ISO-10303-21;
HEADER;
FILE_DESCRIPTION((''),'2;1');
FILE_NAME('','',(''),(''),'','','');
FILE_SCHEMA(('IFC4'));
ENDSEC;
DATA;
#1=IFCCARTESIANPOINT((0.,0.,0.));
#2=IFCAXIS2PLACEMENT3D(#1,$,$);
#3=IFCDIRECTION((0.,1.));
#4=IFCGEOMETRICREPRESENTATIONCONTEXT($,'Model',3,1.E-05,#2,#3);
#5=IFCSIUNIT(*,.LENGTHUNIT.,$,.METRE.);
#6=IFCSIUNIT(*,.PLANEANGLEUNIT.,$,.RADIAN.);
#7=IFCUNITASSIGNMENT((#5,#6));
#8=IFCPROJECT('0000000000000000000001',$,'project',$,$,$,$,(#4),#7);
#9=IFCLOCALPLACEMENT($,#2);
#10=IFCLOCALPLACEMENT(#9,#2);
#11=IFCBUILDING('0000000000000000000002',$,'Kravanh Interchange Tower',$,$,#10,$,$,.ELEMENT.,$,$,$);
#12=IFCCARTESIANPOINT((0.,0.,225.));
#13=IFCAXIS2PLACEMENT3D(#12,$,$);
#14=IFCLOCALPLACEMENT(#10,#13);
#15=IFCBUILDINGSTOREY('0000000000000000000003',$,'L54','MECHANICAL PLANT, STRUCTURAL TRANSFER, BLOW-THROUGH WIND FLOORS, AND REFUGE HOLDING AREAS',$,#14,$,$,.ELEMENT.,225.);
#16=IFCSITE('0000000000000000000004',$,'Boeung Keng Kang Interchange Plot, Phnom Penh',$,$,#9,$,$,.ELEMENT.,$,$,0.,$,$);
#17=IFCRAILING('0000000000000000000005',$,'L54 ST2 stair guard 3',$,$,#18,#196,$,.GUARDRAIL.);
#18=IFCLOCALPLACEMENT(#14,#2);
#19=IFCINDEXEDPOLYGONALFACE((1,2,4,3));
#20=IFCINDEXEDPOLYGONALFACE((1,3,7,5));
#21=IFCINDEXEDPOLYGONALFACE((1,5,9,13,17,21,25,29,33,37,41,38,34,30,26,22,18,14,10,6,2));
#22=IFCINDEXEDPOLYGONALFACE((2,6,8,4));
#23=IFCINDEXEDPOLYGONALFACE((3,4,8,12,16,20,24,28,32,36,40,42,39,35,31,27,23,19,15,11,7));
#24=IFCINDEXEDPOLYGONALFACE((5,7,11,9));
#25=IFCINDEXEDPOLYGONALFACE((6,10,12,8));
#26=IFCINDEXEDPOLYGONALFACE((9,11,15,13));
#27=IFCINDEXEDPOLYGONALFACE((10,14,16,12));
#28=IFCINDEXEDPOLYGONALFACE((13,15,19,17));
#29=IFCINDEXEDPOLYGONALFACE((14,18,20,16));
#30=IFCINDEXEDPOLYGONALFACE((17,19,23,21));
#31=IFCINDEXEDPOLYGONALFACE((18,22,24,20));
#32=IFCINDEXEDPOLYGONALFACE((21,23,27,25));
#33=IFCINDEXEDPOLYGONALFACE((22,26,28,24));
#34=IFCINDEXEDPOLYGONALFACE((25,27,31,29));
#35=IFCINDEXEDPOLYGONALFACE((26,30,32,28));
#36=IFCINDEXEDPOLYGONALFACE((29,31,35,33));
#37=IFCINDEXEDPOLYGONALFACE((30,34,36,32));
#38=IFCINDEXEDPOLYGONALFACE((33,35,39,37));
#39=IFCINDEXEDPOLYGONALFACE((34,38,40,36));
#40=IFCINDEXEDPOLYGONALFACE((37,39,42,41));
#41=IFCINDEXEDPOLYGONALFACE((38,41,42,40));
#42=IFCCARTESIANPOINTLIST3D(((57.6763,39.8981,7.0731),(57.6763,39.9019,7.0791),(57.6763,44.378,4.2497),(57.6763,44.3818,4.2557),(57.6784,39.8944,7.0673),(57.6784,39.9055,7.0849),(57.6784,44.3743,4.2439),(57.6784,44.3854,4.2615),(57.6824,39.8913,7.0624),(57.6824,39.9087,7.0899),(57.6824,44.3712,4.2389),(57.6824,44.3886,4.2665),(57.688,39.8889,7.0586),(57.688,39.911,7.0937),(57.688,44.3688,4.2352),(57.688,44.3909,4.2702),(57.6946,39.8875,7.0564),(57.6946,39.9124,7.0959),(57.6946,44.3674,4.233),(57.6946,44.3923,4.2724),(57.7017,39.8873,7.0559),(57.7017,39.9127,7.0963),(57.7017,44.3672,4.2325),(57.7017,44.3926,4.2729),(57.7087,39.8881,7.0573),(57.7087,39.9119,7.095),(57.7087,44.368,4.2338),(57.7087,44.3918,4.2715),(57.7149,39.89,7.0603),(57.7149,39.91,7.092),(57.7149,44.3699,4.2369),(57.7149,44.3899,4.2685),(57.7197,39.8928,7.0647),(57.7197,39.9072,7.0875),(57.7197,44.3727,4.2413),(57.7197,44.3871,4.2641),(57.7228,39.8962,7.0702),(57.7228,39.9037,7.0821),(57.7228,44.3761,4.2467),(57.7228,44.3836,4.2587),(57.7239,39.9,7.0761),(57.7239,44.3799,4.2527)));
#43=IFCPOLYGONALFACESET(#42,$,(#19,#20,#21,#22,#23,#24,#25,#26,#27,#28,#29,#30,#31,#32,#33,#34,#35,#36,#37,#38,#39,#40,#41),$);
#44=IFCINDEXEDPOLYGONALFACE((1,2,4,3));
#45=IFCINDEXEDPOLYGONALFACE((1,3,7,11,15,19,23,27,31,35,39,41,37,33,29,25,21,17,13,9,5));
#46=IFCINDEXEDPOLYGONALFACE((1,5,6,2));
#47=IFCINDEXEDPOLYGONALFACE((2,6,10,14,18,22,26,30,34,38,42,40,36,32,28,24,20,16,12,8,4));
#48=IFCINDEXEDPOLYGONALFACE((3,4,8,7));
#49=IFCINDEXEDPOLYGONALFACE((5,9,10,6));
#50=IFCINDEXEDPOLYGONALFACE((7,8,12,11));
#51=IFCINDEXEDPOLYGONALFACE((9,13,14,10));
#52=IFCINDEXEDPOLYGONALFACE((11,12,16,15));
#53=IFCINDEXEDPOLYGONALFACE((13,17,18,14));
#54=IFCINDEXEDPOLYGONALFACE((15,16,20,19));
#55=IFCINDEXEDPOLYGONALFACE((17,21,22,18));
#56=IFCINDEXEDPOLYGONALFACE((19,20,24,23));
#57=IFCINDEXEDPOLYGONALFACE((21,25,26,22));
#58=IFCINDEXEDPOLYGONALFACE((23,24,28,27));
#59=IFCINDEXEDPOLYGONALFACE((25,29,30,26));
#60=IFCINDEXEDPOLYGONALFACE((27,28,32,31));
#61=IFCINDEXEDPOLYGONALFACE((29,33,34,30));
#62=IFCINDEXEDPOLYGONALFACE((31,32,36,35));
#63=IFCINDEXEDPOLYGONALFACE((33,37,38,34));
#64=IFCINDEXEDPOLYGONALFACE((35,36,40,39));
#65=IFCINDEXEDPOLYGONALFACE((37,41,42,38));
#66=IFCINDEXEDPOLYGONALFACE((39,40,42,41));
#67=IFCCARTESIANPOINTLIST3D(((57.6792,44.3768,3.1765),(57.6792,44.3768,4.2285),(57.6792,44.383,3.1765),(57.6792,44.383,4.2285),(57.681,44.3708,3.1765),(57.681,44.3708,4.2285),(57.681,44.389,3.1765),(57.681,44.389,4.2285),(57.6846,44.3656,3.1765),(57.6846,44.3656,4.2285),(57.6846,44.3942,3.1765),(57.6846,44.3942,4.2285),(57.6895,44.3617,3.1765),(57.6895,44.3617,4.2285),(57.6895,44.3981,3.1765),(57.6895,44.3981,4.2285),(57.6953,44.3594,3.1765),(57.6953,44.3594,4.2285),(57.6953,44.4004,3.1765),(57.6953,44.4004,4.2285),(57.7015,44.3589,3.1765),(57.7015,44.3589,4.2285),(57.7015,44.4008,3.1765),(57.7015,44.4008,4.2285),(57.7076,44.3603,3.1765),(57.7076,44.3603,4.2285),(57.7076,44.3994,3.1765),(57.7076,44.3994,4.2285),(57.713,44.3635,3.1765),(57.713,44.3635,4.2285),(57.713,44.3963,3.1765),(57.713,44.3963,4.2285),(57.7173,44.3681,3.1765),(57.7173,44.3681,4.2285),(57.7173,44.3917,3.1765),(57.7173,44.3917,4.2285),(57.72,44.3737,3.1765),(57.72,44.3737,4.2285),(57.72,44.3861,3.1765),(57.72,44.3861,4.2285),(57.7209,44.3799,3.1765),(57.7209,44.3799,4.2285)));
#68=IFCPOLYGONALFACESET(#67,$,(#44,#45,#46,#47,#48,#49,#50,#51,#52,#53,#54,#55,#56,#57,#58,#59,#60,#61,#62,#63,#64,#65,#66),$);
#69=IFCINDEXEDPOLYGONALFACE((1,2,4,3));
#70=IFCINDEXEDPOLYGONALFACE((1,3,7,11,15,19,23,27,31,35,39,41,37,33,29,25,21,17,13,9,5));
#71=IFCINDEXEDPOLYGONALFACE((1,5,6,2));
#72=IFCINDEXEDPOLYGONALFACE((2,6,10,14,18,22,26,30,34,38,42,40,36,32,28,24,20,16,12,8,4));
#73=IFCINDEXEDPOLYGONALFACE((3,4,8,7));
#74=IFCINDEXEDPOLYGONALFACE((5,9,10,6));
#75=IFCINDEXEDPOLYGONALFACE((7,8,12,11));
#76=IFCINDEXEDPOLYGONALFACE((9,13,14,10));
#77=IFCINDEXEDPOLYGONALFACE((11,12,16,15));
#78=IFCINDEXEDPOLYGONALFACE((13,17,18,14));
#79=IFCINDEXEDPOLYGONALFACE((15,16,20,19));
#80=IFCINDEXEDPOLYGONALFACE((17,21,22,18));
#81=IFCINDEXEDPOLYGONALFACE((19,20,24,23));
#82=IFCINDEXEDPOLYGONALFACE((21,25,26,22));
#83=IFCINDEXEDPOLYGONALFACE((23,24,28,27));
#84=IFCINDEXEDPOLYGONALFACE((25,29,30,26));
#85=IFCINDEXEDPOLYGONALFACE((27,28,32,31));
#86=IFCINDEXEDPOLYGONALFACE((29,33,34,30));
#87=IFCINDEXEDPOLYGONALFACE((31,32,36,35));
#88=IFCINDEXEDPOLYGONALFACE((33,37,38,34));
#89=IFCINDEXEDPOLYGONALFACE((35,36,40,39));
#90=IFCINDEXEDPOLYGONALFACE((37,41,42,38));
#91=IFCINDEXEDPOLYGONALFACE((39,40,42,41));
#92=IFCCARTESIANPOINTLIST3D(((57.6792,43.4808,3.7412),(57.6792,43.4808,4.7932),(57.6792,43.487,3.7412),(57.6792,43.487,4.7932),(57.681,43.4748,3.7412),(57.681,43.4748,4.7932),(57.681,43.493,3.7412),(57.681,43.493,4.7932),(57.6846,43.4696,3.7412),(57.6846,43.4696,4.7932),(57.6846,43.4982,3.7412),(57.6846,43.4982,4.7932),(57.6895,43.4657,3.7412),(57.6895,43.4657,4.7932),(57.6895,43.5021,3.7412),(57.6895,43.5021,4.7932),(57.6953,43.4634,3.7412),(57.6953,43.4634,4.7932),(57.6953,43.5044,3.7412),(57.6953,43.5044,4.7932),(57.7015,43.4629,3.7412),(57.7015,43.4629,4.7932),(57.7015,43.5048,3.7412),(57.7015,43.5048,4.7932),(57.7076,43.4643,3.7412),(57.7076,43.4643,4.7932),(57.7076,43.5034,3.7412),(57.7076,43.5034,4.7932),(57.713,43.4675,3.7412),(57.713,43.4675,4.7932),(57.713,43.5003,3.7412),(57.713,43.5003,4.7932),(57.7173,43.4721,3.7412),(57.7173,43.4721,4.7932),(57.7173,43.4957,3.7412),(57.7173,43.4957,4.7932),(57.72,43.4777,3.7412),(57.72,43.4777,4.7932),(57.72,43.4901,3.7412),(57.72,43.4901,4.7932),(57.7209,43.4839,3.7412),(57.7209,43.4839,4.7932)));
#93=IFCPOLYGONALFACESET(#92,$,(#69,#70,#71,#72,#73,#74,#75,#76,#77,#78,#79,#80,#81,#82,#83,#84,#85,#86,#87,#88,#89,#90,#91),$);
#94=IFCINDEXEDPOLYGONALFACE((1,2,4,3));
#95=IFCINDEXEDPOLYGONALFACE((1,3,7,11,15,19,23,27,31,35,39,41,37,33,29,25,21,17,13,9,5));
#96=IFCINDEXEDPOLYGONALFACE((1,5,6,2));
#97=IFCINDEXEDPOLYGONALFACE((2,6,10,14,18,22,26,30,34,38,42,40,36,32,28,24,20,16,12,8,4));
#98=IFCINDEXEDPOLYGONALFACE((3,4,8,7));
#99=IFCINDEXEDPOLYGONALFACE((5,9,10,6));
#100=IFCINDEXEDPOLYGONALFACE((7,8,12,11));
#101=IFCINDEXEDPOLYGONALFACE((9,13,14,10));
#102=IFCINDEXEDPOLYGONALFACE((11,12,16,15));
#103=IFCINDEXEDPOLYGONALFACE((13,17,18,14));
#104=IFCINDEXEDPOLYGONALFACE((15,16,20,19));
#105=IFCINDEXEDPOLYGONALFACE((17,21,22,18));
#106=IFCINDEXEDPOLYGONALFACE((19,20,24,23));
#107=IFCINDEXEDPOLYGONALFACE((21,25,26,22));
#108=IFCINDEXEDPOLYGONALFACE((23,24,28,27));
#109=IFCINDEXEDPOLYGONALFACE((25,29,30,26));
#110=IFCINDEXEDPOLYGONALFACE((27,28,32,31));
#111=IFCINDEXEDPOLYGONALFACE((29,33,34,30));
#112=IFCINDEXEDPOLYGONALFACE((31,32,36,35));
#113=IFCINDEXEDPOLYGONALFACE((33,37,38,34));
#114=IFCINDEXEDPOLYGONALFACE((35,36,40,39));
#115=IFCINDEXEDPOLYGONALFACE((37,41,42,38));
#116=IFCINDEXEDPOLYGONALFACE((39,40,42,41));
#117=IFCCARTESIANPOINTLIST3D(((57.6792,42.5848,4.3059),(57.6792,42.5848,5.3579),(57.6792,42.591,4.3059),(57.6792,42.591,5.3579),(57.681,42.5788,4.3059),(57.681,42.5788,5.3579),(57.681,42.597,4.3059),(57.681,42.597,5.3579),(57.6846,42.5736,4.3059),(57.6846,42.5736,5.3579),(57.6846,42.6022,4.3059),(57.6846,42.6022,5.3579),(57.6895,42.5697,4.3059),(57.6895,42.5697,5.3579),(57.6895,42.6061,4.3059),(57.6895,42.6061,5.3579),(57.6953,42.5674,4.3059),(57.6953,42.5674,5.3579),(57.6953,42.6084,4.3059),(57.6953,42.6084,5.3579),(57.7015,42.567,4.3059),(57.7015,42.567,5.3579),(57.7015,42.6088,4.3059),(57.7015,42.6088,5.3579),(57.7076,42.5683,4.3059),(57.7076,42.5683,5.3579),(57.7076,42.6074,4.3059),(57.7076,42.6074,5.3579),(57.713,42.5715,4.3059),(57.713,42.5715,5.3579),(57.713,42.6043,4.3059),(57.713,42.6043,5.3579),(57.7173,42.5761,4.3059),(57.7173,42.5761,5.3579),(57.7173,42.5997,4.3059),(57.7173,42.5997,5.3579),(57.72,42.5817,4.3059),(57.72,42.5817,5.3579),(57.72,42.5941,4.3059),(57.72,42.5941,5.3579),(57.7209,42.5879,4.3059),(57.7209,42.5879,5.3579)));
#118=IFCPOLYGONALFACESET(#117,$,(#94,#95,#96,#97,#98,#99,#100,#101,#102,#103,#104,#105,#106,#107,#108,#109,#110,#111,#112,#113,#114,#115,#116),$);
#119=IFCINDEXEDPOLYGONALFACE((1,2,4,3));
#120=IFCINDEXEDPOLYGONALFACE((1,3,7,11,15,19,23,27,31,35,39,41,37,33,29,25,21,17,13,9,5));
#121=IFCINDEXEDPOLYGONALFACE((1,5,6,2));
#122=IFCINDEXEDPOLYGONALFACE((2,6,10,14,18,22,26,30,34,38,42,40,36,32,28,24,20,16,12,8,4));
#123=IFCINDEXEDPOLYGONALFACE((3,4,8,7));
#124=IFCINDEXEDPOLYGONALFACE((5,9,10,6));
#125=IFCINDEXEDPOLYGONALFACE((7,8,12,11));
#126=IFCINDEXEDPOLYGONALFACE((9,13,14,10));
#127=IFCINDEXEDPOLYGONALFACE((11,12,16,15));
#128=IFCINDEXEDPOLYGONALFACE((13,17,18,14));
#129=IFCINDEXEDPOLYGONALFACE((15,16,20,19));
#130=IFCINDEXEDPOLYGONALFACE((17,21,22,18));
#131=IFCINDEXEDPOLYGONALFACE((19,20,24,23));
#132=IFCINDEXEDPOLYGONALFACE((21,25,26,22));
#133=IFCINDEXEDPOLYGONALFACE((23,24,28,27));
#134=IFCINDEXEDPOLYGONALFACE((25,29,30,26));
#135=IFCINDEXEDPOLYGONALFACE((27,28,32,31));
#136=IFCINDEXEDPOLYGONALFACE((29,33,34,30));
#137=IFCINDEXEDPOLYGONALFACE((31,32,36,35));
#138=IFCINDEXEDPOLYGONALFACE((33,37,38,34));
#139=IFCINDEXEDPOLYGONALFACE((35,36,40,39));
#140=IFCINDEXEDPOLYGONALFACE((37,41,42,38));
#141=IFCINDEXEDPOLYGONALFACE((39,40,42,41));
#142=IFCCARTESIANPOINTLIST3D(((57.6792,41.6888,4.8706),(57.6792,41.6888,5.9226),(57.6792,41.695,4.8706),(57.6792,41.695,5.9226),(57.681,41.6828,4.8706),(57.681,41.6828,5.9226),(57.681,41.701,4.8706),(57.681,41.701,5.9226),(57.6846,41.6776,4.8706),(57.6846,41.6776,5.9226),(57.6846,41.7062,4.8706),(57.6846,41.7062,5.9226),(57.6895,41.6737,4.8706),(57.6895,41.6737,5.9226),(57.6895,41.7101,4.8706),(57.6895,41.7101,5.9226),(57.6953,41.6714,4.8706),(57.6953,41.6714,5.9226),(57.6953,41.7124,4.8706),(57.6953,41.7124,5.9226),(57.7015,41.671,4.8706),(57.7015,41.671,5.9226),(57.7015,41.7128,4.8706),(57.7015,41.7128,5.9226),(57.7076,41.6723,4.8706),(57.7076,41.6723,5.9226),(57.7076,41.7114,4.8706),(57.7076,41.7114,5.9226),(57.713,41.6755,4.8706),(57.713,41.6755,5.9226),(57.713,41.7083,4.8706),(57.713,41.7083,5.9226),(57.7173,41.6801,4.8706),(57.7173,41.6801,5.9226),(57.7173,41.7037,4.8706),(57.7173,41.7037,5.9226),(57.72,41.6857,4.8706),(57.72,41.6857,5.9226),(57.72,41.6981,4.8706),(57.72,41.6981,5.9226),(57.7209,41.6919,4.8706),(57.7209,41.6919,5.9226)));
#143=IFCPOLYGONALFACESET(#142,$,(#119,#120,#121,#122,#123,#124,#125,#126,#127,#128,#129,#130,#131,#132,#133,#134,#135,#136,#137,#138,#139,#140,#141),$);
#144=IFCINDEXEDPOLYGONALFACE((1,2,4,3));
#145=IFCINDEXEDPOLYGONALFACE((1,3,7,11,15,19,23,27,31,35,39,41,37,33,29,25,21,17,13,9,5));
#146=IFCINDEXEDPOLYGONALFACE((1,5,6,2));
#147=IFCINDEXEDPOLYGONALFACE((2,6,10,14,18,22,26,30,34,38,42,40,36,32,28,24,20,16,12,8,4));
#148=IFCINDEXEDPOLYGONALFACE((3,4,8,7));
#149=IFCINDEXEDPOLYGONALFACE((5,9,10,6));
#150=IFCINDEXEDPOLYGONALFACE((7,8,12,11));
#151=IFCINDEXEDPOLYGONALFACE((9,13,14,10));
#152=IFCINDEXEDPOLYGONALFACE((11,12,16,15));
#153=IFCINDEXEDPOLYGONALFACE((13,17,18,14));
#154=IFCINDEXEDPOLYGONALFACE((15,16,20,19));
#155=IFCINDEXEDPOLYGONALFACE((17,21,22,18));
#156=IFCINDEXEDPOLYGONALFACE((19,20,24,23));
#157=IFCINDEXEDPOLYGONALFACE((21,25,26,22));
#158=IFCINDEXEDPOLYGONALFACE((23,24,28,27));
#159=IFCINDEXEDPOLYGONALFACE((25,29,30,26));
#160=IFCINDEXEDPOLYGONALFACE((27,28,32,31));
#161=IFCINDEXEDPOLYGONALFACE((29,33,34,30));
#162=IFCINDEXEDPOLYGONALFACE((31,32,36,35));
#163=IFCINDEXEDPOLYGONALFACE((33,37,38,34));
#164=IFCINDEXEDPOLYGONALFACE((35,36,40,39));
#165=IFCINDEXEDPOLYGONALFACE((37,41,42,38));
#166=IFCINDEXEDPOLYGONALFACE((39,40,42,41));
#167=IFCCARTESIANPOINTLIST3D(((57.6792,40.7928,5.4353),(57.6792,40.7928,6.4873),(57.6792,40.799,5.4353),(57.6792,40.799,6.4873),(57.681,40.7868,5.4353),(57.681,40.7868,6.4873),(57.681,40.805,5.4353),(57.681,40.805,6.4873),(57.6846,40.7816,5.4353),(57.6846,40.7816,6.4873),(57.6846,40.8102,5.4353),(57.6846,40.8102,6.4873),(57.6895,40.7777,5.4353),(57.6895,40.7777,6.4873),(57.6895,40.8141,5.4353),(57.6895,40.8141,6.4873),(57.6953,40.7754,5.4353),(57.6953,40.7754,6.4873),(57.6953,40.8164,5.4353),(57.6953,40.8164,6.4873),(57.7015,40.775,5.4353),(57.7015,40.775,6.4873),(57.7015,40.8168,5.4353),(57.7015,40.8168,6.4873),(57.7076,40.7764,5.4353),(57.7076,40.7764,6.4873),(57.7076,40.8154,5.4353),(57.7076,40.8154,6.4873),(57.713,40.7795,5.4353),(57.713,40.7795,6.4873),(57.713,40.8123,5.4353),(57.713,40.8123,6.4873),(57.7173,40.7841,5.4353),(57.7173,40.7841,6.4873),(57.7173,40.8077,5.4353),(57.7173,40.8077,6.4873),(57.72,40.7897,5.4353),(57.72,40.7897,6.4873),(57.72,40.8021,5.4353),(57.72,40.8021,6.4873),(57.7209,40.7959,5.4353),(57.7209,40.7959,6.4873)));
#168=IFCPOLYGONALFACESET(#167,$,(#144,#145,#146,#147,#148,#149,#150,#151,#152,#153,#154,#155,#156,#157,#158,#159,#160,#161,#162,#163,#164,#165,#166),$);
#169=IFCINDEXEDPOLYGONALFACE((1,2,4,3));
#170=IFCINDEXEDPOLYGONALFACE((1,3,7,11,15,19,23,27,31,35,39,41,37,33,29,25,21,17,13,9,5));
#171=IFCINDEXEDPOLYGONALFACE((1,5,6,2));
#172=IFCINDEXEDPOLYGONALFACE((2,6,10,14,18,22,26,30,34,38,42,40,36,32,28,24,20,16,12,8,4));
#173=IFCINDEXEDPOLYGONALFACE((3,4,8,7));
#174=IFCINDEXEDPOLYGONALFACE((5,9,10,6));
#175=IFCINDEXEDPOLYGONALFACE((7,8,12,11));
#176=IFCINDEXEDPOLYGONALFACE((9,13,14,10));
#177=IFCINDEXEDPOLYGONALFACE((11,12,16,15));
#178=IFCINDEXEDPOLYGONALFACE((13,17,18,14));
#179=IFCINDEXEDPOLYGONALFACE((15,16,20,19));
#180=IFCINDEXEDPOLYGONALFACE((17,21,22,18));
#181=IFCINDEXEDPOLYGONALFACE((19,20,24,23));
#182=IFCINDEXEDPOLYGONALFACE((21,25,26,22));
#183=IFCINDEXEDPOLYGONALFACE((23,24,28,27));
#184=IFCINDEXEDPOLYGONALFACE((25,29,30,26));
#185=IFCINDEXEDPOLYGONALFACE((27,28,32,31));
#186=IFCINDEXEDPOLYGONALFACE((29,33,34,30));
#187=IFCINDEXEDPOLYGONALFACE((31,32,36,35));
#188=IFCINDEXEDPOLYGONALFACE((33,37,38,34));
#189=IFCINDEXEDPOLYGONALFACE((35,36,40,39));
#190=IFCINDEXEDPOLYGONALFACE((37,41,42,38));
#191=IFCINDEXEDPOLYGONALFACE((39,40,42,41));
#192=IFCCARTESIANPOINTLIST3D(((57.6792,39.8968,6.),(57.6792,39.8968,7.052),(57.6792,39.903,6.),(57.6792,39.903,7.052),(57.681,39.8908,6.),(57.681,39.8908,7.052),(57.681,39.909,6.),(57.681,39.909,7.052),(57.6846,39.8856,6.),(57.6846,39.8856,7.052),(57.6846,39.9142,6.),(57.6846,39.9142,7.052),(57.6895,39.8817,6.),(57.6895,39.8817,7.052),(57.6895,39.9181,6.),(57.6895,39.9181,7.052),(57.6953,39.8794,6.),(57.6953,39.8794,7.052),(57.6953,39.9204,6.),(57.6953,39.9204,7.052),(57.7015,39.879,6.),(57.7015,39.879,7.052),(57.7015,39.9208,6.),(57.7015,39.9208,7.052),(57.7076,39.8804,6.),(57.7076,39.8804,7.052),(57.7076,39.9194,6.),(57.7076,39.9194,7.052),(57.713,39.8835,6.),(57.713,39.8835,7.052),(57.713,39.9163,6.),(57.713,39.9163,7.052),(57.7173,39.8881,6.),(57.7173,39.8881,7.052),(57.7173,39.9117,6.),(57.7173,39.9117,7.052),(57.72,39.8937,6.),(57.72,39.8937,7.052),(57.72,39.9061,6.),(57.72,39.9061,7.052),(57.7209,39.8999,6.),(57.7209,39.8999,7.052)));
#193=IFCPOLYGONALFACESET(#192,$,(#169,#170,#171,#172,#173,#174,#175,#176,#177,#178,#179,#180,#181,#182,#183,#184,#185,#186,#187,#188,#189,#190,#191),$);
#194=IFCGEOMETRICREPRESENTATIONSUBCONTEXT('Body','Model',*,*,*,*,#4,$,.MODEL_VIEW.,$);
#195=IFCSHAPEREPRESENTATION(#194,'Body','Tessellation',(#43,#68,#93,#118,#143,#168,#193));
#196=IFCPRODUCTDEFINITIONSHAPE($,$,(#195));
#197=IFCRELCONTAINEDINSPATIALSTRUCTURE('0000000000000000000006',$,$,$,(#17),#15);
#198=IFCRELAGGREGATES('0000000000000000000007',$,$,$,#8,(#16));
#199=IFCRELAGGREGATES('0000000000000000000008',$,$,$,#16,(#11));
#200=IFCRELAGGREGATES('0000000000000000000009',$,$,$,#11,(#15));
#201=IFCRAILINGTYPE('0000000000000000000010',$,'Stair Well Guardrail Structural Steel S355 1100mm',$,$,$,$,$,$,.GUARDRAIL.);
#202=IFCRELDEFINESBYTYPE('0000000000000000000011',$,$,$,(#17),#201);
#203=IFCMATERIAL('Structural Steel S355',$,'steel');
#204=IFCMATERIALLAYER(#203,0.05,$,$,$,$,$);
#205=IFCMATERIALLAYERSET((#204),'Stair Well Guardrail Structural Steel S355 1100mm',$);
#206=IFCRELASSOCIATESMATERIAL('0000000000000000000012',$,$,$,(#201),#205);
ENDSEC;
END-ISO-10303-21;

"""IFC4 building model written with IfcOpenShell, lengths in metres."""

from ifc_helpers import new_model, si_unit, direction, frame, origin, origin_2d, place, context, subcontext, project, spatial, circle, extrude, material, layer, layer_set, type_object, element, save


model = new_model("IFC4")

# Units and contexts
model_context = context("Model", 3, precision=1e-05, world=origin(), true_north=direction((0.0, 1.0)))
body_context = subcontext(model_context, "Body", "Model", "MODEL_VIEW")
ifc_project = project(units=[si_unit("LENGTHUNIT", "METRE"), si_unit("PLANEANGLEUNIT", "RADIAN")], contexts=[model_context])

# Site, building, storey
site_placement = place(None, origin())
site = spatial("IfcSite", under=ifc_project, at=site_placement, Name="Boeung Keng Kang Interchange Plot, Phnom Penh", CompositionType="ELEMENT", RefElevation=0.0)
building_placement = place(site_placement, origin())
building = spatial("IfcBuilding", under=site, at=building_placement, Name="Kravanh Interchange Tower", CompositionType="ELEMENT")
storey_placement = place(building_placement, frame((0.0, 0.0, 225.0)))
storey = spatial("IfcBuildingStorey", under=building, at=storey_placement, Name="L54", Description="MECHANICAL PLANT, STRUCTURAL TRANSFER, BLOW-THROUGH WIND FLOORS, AND REFUGE HOLDING AREAS", CompositionType="ELEMENT", Elevation=225.0)

# Railing
ifc_material_1 = material(Name="Structural Steel S355", Category="steel")
ifc_layer_1 = layer(ifc_material_1, 0.05)
ifc_layer_set_1 = layer_set([ifc_layer_1], Name="Stair Well Guardrail Structural Steel S355 1100mm")
railing_type_1 = type_object("IfcRailingType", Name="Stair Well Guardrail Structural Steel S355 1100mm", PredefinedType="GUARDRAIL", material=ifc_layer_set_1)
railing_1_placement = place(storey_placement, frame((57.7, 44.3799, 3.1765)))
element("IfcRailing", 1, at=railing_1_placement, inside=storey, type_object=railing_type_1, Name="L54 ST2 stair guard 3", PredefinedType="GUARDRAIL", context=body_context, shape_type="SweptSolid", body=[
    extrude(circle(Radius=0.0239, at=origin_2d()), frame((0.0, 0.0, 1.0762), z_axis=(0.0, -0.845998, 0.533186), x_axis=(1.0, 0.0, 0.0)), (0.0, 0.0, 1.0), 5.2954),
    extrude(circle(Radius=0.021, at=origin_2d()), origin(), (0.0, 0.0, 1.0), 1.052),
    extrude(circle(Radius=0.021, at=origin_2d()), frame((0.0, -0.896, 0.5647)), (0.0, 0.0, 1.0), 1.052),
    extrude(circle(Radius=0.021, at=origin_2d()), frame((0.0, -1.792, 1.1294)), (0.0, 0.0, 1.0), 1.052),
    extrude(circle(Radius=0.021, at=origin_2d()), frame((0.0, -2.688, 1.6941)), (0.0, 0.0, 1.0), 1.052),
    extrude(circle(Radius=0.021, at=origin_2d()), frame((0.0, -3.584, 2.2588)), (0.0, 0.0, 1.0), 1.052),
    extrude(circle(Radius=0.021, at=origin_2d()), frame((0.0, -4.48, 2.8235)), (0.0, 0.0, 1.0), 1.052),
])

save(model, "model.ifc")
